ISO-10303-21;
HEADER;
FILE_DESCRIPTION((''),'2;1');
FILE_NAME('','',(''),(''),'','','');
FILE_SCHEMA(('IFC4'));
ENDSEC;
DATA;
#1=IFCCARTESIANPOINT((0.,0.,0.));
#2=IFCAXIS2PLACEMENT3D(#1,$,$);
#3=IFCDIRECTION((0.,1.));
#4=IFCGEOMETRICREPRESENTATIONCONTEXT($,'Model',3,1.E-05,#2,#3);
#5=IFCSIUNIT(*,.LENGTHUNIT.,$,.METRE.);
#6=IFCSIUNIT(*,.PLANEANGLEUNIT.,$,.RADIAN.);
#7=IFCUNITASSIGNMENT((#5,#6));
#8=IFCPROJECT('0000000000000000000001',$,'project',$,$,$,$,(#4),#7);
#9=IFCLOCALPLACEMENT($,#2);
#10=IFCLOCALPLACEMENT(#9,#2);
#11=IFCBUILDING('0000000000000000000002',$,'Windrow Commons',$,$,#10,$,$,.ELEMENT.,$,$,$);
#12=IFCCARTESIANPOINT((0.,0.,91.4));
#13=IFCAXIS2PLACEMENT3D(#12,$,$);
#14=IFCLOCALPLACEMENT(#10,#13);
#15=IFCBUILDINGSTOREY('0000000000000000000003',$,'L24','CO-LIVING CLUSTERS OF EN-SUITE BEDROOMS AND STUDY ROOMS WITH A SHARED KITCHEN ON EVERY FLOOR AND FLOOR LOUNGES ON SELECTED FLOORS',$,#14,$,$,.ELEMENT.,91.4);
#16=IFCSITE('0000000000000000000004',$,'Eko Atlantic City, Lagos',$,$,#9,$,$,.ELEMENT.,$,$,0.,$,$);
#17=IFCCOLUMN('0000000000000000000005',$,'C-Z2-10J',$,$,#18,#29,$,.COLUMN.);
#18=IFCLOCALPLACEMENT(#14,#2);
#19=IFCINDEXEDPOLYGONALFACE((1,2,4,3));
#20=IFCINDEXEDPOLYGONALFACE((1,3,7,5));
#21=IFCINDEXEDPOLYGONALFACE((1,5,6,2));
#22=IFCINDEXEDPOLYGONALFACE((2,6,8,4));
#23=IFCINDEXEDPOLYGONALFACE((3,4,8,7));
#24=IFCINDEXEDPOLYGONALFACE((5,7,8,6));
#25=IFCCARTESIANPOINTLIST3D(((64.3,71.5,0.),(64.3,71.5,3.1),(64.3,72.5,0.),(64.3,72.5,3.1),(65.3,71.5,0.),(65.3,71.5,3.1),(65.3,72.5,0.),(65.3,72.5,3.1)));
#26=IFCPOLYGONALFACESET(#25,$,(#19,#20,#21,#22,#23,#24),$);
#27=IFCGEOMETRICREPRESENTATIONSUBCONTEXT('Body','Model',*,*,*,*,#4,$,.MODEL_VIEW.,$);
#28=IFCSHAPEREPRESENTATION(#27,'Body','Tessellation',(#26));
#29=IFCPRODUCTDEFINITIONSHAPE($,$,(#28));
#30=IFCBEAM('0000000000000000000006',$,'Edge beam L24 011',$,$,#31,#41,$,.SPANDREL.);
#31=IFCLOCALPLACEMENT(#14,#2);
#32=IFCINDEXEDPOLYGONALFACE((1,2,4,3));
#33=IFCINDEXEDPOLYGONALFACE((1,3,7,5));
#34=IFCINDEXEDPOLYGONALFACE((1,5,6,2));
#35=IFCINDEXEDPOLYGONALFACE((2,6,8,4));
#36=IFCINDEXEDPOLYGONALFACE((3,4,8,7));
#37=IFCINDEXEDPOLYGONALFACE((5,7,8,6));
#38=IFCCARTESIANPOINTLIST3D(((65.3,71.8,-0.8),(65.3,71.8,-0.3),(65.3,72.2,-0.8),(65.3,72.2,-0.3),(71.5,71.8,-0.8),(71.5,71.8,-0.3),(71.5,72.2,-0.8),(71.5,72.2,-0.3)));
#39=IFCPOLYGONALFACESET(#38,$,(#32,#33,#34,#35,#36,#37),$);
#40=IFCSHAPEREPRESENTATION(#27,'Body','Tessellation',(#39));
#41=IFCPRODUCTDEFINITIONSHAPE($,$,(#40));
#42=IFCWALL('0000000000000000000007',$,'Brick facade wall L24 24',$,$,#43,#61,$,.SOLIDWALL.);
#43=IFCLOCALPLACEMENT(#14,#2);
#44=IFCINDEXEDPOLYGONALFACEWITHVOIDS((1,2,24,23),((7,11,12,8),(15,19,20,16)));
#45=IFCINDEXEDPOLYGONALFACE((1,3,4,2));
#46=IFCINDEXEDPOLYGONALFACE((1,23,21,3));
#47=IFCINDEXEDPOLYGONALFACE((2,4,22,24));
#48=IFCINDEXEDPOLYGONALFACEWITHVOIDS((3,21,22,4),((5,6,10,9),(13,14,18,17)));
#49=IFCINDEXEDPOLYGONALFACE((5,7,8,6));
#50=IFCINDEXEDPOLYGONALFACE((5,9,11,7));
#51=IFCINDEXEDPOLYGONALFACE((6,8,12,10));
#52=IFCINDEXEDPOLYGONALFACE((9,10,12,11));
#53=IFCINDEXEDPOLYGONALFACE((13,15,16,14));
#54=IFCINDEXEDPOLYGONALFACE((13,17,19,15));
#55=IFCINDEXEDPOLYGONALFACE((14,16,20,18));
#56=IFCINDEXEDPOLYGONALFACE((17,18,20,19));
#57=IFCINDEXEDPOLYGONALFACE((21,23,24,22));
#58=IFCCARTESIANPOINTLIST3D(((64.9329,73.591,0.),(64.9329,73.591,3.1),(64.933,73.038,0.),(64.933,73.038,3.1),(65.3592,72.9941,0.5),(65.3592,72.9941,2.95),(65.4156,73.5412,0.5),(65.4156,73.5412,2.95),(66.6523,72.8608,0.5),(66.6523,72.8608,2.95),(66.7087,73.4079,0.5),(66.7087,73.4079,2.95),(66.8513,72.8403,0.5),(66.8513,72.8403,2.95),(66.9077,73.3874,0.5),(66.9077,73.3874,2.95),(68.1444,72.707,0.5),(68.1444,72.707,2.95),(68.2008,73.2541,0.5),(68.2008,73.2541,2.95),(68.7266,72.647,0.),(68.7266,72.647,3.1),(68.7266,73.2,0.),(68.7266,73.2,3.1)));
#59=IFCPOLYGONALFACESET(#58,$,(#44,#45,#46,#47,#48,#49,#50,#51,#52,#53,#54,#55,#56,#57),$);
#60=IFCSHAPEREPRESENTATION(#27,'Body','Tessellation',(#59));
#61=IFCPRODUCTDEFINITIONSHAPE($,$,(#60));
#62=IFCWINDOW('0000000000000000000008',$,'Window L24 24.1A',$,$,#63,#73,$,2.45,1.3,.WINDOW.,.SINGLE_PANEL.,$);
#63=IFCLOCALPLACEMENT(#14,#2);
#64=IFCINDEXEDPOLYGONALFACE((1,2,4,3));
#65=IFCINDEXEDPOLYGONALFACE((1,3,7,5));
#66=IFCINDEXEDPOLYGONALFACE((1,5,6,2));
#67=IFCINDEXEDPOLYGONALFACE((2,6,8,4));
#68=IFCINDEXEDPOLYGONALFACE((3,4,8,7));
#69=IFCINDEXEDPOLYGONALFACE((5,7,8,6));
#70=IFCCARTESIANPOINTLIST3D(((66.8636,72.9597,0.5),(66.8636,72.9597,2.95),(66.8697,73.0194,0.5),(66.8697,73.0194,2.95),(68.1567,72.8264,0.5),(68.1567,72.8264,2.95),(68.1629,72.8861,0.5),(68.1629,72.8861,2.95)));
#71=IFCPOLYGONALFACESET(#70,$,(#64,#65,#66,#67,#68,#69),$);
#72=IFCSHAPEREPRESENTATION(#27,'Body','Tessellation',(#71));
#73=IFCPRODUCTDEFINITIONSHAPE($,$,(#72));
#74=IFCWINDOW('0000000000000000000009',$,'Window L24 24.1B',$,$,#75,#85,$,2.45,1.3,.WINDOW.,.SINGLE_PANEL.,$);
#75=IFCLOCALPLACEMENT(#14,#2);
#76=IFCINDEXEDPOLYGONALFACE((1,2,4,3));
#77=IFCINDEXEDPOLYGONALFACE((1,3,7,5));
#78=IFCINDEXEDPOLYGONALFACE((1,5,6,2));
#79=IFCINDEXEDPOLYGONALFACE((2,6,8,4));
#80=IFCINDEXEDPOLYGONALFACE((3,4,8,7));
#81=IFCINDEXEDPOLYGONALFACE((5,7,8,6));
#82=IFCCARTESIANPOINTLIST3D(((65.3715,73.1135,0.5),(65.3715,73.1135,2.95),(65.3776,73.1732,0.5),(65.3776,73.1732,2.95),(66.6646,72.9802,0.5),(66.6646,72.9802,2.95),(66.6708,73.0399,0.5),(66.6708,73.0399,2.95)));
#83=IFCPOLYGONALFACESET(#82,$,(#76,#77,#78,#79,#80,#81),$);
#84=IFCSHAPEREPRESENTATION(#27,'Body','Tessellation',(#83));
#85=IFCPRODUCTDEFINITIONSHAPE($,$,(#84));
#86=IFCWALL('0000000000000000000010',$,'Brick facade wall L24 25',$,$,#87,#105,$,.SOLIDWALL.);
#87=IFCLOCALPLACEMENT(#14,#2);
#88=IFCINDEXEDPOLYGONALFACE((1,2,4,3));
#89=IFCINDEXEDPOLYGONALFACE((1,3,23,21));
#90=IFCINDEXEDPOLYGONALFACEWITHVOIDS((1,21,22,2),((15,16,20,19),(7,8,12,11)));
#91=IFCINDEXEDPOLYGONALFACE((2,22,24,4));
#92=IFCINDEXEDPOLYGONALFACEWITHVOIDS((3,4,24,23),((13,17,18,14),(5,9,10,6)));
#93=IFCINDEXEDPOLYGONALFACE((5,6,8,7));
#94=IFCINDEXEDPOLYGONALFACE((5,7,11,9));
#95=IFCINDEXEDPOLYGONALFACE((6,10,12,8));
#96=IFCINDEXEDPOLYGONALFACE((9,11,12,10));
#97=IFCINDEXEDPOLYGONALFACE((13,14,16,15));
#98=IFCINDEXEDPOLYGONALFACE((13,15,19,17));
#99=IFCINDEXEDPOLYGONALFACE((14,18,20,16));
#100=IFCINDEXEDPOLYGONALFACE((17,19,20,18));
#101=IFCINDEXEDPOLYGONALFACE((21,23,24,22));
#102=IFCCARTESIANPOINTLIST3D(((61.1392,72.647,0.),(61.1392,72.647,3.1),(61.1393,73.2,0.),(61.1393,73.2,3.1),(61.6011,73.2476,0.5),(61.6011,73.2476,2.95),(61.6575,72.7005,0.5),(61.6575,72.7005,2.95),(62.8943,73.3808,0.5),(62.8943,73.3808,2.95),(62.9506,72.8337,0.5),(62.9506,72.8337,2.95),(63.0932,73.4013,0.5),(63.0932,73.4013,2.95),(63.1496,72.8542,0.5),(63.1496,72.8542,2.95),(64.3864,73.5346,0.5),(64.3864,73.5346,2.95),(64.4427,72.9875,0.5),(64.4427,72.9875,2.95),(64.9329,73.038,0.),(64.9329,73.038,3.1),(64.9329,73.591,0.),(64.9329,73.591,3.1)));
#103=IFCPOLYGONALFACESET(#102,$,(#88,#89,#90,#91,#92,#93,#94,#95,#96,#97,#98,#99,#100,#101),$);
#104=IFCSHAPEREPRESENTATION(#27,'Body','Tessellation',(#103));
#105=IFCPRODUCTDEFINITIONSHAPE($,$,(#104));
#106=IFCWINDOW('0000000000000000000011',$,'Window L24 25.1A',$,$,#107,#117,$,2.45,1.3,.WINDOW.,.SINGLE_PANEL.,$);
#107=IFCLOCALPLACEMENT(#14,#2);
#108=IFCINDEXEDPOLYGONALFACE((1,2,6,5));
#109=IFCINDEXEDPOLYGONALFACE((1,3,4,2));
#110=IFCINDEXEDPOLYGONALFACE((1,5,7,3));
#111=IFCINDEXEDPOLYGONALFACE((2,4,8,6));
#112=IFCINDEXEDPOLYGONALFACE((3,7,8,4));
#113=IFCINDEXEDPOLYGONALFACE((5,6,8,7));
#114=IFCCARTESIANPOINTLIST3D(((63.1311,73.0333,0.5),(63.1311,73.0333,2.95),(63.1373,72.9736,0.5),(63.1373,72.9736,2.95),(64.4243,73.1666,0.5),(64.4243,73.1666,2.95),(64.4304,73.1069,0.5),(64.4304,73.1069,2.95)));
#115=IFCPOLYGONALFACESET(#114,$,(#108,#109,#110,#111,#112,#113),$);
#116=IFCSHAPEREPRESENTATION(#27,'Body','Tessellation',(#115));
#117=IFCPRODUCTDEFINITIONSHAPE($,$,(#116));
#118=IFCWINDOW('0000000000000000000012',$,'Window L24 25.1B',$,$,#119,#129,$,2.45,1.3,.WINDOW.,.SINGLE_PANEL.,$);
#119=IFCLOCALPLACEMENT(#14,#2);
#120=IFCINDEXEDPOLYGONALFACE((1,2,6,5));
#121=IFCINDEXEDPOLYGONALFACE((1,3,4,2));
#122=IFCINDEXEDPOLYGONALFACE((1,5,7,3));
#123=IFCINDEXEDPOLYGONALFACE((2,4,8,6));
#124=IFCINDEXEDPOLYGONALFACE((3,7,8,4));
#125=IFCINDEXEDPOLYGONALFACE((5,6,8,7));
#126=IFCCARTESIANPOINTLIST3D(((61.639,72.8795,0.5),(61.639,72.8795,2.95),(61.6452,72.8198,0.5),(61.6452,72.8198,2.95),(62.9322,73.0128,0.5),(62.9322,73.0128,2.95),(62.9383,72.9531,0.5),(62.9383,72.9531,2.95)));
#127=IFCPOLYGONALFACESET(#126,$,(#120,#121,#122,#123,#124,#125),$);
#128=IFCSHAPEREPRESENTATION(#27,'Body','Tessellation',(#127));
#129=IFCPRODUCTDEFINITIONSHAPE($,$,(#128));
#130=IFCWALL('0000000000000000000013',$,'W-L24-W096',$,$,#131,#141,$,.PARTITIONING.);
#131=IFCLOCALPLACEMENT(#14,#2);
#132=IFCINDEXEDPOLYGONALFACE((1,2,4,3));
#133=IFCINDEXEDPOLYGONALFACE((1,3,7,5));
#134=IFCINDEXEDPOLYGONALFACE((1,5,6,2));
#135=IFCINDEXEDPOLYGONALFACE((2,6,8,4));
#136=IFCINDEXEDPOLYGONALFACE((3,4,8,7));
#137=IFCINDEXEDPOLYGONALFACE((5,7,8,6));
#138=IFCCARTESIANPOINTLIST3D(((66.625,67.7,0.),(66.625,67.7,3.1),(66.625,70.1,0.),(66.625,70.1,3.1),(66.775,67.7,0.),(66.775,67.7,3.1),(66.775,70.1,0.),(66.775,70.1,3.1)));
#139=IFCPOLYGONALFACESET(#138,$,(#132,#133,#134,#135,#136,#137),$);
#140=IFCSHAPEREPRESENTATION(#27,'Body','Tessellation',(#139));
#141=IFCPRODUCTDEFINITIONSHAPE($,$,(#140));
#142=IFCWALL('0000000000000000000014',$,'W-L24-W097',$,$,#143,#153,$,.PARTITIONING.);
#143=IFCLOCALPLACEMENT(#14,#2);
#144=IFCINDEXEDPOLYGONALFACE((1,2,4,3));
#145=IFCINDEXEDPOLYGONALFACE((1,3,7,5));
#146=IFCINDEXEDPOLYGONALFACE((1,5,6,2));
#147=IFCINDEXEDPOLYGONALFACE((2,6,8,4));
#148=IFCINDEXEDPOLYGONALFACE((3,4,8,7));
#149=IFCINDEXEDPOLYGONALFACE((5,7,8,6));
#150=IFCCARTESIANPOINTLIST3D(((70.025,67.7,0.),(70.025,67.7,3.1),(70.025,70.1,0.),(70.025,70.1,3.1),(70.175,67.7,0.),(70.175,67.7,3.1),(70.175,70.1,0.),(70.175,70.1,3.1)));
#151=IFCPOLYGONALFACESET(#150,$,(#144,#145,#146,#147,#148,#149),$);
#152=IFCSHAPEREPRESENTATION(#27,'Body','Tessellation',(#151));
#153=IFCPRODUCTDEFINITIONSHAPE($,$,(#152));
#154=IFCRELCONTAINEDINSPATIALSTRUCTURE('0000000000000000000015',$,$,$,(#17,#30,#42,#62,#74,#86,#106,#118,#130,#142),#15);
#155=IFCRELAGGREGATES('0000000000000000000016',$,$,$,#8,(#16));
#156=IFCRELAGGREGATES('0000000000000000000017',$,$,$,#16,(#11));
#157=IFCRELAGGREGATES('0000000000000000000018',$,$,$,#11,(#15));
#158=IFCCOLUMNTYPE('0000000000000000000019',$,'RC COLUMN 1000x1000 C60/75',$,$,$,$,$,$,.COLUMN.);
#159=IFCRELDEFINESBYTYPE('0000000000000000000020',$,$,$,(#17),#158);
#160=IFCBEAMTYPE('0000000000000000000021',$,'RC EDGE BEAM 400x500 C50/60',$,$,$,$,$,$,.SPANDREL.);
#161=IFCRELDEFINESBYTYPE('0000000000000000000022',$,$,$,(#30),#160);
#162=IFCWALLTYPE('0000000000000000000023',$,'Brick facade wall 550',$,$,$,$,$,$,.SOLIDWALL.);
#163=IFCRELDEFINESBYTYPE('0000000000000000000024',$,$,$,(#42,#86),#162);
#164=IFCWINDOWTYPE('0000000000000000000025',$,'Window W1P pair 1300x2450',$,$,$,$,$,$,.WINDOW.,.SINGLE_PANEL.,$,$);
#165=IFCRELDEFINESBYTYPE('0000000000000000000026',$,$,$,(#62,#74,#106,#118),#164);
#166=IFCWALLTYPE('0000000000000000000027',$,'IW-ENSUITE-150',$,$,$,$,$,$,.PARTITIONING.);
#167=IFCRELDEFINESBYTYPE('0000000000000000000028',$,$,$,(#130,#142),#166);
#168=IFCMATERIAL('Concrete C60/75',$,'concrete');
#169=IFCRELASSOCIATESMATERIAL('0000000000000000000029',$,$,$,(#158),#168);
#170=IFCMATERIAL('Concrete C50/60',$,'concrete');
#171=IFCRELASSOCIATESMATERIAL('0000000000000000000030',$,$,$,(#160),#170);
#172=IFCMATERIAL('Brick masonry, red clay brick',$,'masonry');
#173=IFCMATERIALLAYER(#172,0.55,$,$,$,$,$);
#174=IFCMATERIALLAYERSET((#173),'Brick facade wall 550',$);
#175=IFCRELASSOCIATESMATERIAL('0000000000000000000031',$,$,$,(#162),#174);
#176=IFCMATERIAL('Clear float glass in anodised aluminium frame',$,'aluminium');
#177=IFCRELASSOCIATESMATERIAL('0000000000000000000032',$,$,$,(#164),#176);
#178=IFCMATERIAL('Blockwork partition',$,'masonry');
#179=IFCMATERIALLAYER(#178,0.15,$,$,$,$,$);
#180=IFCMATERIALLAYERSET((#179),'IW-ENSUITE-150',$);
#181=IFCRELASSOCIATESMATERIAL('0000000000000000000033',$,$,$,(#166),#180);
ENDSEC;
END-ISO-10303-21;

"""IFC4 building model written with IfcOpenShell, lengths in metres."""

from ifc_helpers import new_model, si_unit, direction, frame, frame_2d, origin, origin_2d, place, context, subcontext, project, spatial, polyline, rectangle, outline, extrude, material, layer, layer_set, material_profile, profile_set, type_object, element, fill, save


model = new_model("IFC4")

# Units and contexts
model_context = context("Model", 3, precision=1e-05, world=origin(), true_north=direction((0.0, 1.0)))
body_context = subcontext(model_context, "Body", "Model", "MODEL_VIEW")
ifc_project = project(units=[si_unit("LENGTHUNIT", "METRE"), si_unit("PLANEANGLEUNIT", "RADIAN")], contexts=[model_context])

# Site, building, storey
site_placement = place(None, origin())
site = spatial("IfcSite", under=ifc_project, at=site_placement, Name="Eko Atlantic City, Lagos", CompositionType="ELEMENT", RefElevation=0.0)
building_placement = place(site_placement, origin())
building = spatial("IfcBuilding", under=site, at=building_placement, Name="Windrow Commons", CompositionType="ELEMENT")
storey_placement = place(building_placement, frame((0.0, 0.0, 91.4)))
storey = spatial("IfcBuildingStorey", under=building, at=storey_placement, Name="L24", Description="CO-LIVING CLUSTERS OF EN-SUITE BEDROOMS AND STUDY ROOMS WITH A SHARED KITCHEN ON EVERY FLOOR AND FLOOR LOUNGES ON SELECTED FLOORS", CompositionType="ELEMENT", Elevation=91.4)

# Column
ifc_material_1 = material(Name="Concrete C60/75", Category="concrete")
ifc_material_profile_1 = material_profile(ifc_material_1, rectangle(XDim=1.0, YDim=1.0, at=origin_2d()))
ifc_profile_set_1 = profile_set([ifc_material_profile_1], Name="Concrete C60/75")
column_type = type_object("IfcColumnType", Name="RC COLUMN 1000x1000 C60/75", PredefinedType="COLUMN", material=ifc_profile_set_1)
column_placement = place(storey_placement, frame((64.8, 72.0, 0.0), z_axis=(0.0, 0.0, 1.0), x_axis=(1.0, 0.0, 0.0)))
element("IfcColumn", 1, at=column_placement, inside=storey, type_object=column_type, Name="C-Z2-10J", PredefinedType="COLUMN", context=body_context, shape_type="SweptSolid", body=[
    extrude(rectangle(XDim=1.0, YDim=1.0, at=origin_2d()), origin(), (0.0, 0.0, 1.0), 3.1),
])

# Beam
ifc_material_2 = material(Name="Concrete C50/60", Category="concrete")
ifc_material_profile_2 = material_profile(ifc_material_2, rectangle(XDim=0.4, YDim=0.5, at=origin_2d()))
ifc_profile_set_2 = profile_set([ifc_material_profile_2], Name="Concrete C50/60")
beam_type = type_object("IfcBeamType", Name="RC EDGE BEAM 400x500 C50/60", PredefinedType="SPANDREL", material=ifc_profile_set_2)
beam_placement = place(storey_placement, frame((65.3, 72.0, -0.55), z_axis=(1.0, 0.0, 0.0), x_axis=(0.0, 1.0, 0.0)))
element("IfcBeam", 2, at=beam_placement, inside=storey, type_object=beam_type, Name="Edge beam L24 011", PredefinedType="SPANDREL", context=body_context, shape_type="SweptSolid", body=[
    extrude(rectangle(XDim=0.4, YDim=0.5, at=origin_2d()), origin(), (0.0, 0.0, 1.0), 6.2),
])

# Walls, openings, windows
ifc_material_3 = material(Name="Brick masonry, red clay brick", Category="masonry")
ifc_layer_1 = layer(ifc_material_3, 0.55)
ifc_layer_set_1 = layer_set([ifc_layer_1], Name="Brick facade wall 550")
wall_type_1 = type_object("IfcWallType", Name="Brick facade wall 550", PredefinedType="SOLIDWALL", material=ifc_layer_set_1)
wall_1_placement = place(storey_placement, frame((68.7266, 72.9235, 0.0), z_axis=(0.0, 0.0, 1.0), x_axis=(-0.994731, 0.102523, 0.0)))
wall_1 = element("IfcWall", 3, at=wall_1_placement, inside=storey, type_object=wall_type_1, Name="Brick facade wall L24 24", PredefinedType="SOLIDWALL", context=body_context, shape_type="SweptSolid", body=[
    extrude(outline(polyline([(0.0283, -0.275), (3.8421, -0.275), (3.7854, 0.275), (-0.0283, 0.275), (0.0283, -0.275)])), origin(), (0.0, 0.0, 1.0), 3.1),
])
opening_1_placement = place(wall_1_placement, frame((0.5569, 0.0, 0.5)))
opening_1 = element("IfcOpeningElement", 4, at=opening_1_placement, cuts=wall_1, PredefinedType="OPENING", context=body_context, shape_type="SweptSolid", body=[
    extrude(rectangle(XDim=1.3, YDim=2.45, at=frame_2d((0.65, 1.225))), frame((0.0, 0.285, 0.0), z_axis=(0.0, -1.0, 0.0), x_axis=(1.0, 0.0, 0.0)), (0.0, 0.0, 1.0), 0.57),
])
opening_2_placement = place(wall_1_placement, frame((2.0569, 0.0, 0.5)))
opening_2 = element("IfcOpeningElement", 5, at=opening_2_placement, cuts=wall_1, PredefinedType="OPENING", context=body_context, shape_type="SweptSolid", body=[
    extrude(rectangle(XDim=1.3, YDim=2.45, at=frame_2d((0.65, 1.225))), frame((0.0, 0.285, 0.0), z_axis=(0.0, -1.0, 0.0), x_axis=(1.0, 0.0, 0.0)), (0.0, 0.0, 1.0), 0.57),
])
ifc_material_4 = material(Name="Clear float glass in anodised aluminium frame", Category="aluminium")
window_type = type_object("IfcWindowType", Name="Window W1P pair 1300x2450", PartitioningType="SINGLE_PANEL", PredefinedType="WINDOW", material=ifc_material_4)
window_1_placement = place(opening_1_placement, origin())
window_1 = element("IfcWindow", 6, at=window_1_placement, inside=storey, type_object=window_type, Name="Window L24 24.1A", OverallHeight=2.45, OverallWidth=1.3, PartitioningType="SINGLE_PANEL", PredefinedType="WINDOW", context=body_context, shape_type="SweptSolid", body=[
    extrude(rectangle(XDim=1.3, YDim=2.45, at=frame_2d((0.65, 1.225))), frame((0.0, 0.155, 0.0), z_axis=(0.0, -1.0, 0.0), x_axis=(1.0, 0.0, 0.0)), (0.0, 0.0, 1.0), 0.06),
])
fill(opening_1, window_1)
window_2_placement = place(opening_2_placement, origin())
window_2 = element("IfcWindow", 7, at=window_2_placement, inside=storey, type_object=window_type, Name="Window L24 24.1B", OverallHeight=2.45, OverallWidth=1.3, PartitioningType="SINGLE_PANEL", PredefinedType="WINDOW", context=body_context, shape_type="SweptSolid", body=[
    extrude(rectangle(XDim=1.3, YDim=2.45, at=frame_2d((0.65, 1.225))), frame((0.0, 0.155, 0.0), z_axis=(0.0, -1.0, 0.0), x_axis=(1.0, 0.0, 0.0)), (0.0, 0.0, 1.0), 0.06),
])
fill(opening_2, window_2)
wall_2_placement = place(storey_placement, frame((64.9329, 73.3145, 0.0), z_axis=(0.0, 0.0, 1.0), x_axis=(-0.99473, -0.102525, 0.0)))
wall_2 = element("IfcWall", 8, at=wall_2_placement, inside=storey, type_object=wall_type_1, Name="Brick facade wall L24 25", PredefinedType="SOLIDWALL", context=body_context, shape_type="SweptSolid", body=[
    extrude(outline(polyline([(-0.0283, -0.275), (3.7854, -0.275), (3.8421, 0.275), (0.0283, 0.275), (-0.0283, -0.275)])), origin(), (0.0, 0.0, 1.0), 3.1),
])
opening_3_placement = place(wall_2_placement, frame((0.5211, 0.0, 0.5)))
opening_3 = element("IfcOpeningElement", 9, at=opening_3_placement, cuts=wall_2, PredefinedType="OPENING", context=body_context, shape_type="SweptSolid", body=[
    extrude(rectangle(XDim=1.3, YDim=2.45, at=frame_2d((0.65, 1.225))), frame((0.0, 0.285, 0.0), z_axis=(0.0, -1.0, 0.0), x_axis=(1.0, 0.0, 0.0)), (0.0, 0.0, 1.0), 0.57),
])
opening_4_placement = place(wall_2_placement, frame((2.0211, 0.0, 0.5)))
opening_4 = element("IfcOpeningElement", 10, at=opening_4_placement, cuts=wall_2, PredefinedType="OPENING", context=body_context, shape_type="SweptSolid", body=[
    extrude(rectangle(XDim=1.3, YDim=2.45, at=frame_2d((0.65, 1.225))), frame((0.0, 0.285, 0.0), z_axis=(0.0, -1.0, 0.0), x_axis=(1.0, 0.0, 0.0)), (0.0, 0.0, 1.0), 0.57),
])
window_3_placement = place(opening_3_placement, origin())
window_3 = element("IfcWindow", 11, at=window_3_placement, inside=storey, type_object=window_type, Name="Window L24 25.1A", OverallHeight=2.45, OverallWidth=1.3, PartitioningType="SINGLE_PANEL", PredefinedType="WINDOW", context=body_context, shape_type="SweptSolid", body=[
    extrude(rectangle(XDim=1.3, YDim=2.45, at=frame_2d((0.65, 1.225))), frame((0.0, 0.155, 0.0), z_axis=(0.0, -1.0, 0.0), x_axis=(1.0, 0.0, 0.0)), (0.0, 0.0, 1.0), 0.06),
])
fill(opening_3, window_3)
window_4_placement = place(opening_4_placement, origin())
window_4 = element("IfcWindow", 12, at=window_4_placement, inside=storey, type_object=window_type, Name="Window L24 25.1B", OverallHeight=2.45, OverallWidth=1.3, PartitioningType="SINGLE_PANEL", PredefinedType="WINDOW", context=body_context, shape_type="SweptSolid", body=[
    extrude(rectangle(XDim=1.3, YDim=2.45, at=frame_2d((0.65, 1.225))), frame((0.0, 0.155, 0.0), z_axis=(0.0, -1.0, 0.0), x_axis=(1.0, 0.0, 0.0)), (0.0, 0.0, 1.0), 0.06),
])
fill(opening_4, window_4)

# Walls
ifc_material_5 = material(Name="Blockwork partition", Category="masonry")
ifc_layer_2 = layer(ifc_material_5, 0.15)
ifc_layer_set_2 = layer_set([ifc_layer_2], Name="IW-ENSUITE-150")
wall_type_2 = type_object("IfcWallType", Name="IW-ENSUITE-150", PredefinedType="PARTITIONING", material=ifc_layer_set_2)
for number, where, z_axis, x_axis, name in (
    (13, (66.7, 67.7, 0.0), (0.0, 0.0, 1.0), (0.0, 1.0, 0.0), "W-L24-W096"),
    (14, (70.1, 67.7, 0.0), (0.0, 0.0, 1.0), (0.0, 1.0, 0.0), "W-L24-W097"),
):
    element("IfcWall", number, at=place(storey_placement, frame(where, z_axis=z_axis, x_axis=x_axis)), inside=storey, type_object=wall_type_2, Name=name, PredefinedType="PARTITIONING", context=body_context, shape_type="SweptSolid", body=[
        extrude(rectangle(XDim=2.4, YDim=0.15, at=frame_2d((1.2, 0.0))), origin(), (0.0, 0.0, 1.0), 3.1),
    ])

save(model, "model.ifc")
